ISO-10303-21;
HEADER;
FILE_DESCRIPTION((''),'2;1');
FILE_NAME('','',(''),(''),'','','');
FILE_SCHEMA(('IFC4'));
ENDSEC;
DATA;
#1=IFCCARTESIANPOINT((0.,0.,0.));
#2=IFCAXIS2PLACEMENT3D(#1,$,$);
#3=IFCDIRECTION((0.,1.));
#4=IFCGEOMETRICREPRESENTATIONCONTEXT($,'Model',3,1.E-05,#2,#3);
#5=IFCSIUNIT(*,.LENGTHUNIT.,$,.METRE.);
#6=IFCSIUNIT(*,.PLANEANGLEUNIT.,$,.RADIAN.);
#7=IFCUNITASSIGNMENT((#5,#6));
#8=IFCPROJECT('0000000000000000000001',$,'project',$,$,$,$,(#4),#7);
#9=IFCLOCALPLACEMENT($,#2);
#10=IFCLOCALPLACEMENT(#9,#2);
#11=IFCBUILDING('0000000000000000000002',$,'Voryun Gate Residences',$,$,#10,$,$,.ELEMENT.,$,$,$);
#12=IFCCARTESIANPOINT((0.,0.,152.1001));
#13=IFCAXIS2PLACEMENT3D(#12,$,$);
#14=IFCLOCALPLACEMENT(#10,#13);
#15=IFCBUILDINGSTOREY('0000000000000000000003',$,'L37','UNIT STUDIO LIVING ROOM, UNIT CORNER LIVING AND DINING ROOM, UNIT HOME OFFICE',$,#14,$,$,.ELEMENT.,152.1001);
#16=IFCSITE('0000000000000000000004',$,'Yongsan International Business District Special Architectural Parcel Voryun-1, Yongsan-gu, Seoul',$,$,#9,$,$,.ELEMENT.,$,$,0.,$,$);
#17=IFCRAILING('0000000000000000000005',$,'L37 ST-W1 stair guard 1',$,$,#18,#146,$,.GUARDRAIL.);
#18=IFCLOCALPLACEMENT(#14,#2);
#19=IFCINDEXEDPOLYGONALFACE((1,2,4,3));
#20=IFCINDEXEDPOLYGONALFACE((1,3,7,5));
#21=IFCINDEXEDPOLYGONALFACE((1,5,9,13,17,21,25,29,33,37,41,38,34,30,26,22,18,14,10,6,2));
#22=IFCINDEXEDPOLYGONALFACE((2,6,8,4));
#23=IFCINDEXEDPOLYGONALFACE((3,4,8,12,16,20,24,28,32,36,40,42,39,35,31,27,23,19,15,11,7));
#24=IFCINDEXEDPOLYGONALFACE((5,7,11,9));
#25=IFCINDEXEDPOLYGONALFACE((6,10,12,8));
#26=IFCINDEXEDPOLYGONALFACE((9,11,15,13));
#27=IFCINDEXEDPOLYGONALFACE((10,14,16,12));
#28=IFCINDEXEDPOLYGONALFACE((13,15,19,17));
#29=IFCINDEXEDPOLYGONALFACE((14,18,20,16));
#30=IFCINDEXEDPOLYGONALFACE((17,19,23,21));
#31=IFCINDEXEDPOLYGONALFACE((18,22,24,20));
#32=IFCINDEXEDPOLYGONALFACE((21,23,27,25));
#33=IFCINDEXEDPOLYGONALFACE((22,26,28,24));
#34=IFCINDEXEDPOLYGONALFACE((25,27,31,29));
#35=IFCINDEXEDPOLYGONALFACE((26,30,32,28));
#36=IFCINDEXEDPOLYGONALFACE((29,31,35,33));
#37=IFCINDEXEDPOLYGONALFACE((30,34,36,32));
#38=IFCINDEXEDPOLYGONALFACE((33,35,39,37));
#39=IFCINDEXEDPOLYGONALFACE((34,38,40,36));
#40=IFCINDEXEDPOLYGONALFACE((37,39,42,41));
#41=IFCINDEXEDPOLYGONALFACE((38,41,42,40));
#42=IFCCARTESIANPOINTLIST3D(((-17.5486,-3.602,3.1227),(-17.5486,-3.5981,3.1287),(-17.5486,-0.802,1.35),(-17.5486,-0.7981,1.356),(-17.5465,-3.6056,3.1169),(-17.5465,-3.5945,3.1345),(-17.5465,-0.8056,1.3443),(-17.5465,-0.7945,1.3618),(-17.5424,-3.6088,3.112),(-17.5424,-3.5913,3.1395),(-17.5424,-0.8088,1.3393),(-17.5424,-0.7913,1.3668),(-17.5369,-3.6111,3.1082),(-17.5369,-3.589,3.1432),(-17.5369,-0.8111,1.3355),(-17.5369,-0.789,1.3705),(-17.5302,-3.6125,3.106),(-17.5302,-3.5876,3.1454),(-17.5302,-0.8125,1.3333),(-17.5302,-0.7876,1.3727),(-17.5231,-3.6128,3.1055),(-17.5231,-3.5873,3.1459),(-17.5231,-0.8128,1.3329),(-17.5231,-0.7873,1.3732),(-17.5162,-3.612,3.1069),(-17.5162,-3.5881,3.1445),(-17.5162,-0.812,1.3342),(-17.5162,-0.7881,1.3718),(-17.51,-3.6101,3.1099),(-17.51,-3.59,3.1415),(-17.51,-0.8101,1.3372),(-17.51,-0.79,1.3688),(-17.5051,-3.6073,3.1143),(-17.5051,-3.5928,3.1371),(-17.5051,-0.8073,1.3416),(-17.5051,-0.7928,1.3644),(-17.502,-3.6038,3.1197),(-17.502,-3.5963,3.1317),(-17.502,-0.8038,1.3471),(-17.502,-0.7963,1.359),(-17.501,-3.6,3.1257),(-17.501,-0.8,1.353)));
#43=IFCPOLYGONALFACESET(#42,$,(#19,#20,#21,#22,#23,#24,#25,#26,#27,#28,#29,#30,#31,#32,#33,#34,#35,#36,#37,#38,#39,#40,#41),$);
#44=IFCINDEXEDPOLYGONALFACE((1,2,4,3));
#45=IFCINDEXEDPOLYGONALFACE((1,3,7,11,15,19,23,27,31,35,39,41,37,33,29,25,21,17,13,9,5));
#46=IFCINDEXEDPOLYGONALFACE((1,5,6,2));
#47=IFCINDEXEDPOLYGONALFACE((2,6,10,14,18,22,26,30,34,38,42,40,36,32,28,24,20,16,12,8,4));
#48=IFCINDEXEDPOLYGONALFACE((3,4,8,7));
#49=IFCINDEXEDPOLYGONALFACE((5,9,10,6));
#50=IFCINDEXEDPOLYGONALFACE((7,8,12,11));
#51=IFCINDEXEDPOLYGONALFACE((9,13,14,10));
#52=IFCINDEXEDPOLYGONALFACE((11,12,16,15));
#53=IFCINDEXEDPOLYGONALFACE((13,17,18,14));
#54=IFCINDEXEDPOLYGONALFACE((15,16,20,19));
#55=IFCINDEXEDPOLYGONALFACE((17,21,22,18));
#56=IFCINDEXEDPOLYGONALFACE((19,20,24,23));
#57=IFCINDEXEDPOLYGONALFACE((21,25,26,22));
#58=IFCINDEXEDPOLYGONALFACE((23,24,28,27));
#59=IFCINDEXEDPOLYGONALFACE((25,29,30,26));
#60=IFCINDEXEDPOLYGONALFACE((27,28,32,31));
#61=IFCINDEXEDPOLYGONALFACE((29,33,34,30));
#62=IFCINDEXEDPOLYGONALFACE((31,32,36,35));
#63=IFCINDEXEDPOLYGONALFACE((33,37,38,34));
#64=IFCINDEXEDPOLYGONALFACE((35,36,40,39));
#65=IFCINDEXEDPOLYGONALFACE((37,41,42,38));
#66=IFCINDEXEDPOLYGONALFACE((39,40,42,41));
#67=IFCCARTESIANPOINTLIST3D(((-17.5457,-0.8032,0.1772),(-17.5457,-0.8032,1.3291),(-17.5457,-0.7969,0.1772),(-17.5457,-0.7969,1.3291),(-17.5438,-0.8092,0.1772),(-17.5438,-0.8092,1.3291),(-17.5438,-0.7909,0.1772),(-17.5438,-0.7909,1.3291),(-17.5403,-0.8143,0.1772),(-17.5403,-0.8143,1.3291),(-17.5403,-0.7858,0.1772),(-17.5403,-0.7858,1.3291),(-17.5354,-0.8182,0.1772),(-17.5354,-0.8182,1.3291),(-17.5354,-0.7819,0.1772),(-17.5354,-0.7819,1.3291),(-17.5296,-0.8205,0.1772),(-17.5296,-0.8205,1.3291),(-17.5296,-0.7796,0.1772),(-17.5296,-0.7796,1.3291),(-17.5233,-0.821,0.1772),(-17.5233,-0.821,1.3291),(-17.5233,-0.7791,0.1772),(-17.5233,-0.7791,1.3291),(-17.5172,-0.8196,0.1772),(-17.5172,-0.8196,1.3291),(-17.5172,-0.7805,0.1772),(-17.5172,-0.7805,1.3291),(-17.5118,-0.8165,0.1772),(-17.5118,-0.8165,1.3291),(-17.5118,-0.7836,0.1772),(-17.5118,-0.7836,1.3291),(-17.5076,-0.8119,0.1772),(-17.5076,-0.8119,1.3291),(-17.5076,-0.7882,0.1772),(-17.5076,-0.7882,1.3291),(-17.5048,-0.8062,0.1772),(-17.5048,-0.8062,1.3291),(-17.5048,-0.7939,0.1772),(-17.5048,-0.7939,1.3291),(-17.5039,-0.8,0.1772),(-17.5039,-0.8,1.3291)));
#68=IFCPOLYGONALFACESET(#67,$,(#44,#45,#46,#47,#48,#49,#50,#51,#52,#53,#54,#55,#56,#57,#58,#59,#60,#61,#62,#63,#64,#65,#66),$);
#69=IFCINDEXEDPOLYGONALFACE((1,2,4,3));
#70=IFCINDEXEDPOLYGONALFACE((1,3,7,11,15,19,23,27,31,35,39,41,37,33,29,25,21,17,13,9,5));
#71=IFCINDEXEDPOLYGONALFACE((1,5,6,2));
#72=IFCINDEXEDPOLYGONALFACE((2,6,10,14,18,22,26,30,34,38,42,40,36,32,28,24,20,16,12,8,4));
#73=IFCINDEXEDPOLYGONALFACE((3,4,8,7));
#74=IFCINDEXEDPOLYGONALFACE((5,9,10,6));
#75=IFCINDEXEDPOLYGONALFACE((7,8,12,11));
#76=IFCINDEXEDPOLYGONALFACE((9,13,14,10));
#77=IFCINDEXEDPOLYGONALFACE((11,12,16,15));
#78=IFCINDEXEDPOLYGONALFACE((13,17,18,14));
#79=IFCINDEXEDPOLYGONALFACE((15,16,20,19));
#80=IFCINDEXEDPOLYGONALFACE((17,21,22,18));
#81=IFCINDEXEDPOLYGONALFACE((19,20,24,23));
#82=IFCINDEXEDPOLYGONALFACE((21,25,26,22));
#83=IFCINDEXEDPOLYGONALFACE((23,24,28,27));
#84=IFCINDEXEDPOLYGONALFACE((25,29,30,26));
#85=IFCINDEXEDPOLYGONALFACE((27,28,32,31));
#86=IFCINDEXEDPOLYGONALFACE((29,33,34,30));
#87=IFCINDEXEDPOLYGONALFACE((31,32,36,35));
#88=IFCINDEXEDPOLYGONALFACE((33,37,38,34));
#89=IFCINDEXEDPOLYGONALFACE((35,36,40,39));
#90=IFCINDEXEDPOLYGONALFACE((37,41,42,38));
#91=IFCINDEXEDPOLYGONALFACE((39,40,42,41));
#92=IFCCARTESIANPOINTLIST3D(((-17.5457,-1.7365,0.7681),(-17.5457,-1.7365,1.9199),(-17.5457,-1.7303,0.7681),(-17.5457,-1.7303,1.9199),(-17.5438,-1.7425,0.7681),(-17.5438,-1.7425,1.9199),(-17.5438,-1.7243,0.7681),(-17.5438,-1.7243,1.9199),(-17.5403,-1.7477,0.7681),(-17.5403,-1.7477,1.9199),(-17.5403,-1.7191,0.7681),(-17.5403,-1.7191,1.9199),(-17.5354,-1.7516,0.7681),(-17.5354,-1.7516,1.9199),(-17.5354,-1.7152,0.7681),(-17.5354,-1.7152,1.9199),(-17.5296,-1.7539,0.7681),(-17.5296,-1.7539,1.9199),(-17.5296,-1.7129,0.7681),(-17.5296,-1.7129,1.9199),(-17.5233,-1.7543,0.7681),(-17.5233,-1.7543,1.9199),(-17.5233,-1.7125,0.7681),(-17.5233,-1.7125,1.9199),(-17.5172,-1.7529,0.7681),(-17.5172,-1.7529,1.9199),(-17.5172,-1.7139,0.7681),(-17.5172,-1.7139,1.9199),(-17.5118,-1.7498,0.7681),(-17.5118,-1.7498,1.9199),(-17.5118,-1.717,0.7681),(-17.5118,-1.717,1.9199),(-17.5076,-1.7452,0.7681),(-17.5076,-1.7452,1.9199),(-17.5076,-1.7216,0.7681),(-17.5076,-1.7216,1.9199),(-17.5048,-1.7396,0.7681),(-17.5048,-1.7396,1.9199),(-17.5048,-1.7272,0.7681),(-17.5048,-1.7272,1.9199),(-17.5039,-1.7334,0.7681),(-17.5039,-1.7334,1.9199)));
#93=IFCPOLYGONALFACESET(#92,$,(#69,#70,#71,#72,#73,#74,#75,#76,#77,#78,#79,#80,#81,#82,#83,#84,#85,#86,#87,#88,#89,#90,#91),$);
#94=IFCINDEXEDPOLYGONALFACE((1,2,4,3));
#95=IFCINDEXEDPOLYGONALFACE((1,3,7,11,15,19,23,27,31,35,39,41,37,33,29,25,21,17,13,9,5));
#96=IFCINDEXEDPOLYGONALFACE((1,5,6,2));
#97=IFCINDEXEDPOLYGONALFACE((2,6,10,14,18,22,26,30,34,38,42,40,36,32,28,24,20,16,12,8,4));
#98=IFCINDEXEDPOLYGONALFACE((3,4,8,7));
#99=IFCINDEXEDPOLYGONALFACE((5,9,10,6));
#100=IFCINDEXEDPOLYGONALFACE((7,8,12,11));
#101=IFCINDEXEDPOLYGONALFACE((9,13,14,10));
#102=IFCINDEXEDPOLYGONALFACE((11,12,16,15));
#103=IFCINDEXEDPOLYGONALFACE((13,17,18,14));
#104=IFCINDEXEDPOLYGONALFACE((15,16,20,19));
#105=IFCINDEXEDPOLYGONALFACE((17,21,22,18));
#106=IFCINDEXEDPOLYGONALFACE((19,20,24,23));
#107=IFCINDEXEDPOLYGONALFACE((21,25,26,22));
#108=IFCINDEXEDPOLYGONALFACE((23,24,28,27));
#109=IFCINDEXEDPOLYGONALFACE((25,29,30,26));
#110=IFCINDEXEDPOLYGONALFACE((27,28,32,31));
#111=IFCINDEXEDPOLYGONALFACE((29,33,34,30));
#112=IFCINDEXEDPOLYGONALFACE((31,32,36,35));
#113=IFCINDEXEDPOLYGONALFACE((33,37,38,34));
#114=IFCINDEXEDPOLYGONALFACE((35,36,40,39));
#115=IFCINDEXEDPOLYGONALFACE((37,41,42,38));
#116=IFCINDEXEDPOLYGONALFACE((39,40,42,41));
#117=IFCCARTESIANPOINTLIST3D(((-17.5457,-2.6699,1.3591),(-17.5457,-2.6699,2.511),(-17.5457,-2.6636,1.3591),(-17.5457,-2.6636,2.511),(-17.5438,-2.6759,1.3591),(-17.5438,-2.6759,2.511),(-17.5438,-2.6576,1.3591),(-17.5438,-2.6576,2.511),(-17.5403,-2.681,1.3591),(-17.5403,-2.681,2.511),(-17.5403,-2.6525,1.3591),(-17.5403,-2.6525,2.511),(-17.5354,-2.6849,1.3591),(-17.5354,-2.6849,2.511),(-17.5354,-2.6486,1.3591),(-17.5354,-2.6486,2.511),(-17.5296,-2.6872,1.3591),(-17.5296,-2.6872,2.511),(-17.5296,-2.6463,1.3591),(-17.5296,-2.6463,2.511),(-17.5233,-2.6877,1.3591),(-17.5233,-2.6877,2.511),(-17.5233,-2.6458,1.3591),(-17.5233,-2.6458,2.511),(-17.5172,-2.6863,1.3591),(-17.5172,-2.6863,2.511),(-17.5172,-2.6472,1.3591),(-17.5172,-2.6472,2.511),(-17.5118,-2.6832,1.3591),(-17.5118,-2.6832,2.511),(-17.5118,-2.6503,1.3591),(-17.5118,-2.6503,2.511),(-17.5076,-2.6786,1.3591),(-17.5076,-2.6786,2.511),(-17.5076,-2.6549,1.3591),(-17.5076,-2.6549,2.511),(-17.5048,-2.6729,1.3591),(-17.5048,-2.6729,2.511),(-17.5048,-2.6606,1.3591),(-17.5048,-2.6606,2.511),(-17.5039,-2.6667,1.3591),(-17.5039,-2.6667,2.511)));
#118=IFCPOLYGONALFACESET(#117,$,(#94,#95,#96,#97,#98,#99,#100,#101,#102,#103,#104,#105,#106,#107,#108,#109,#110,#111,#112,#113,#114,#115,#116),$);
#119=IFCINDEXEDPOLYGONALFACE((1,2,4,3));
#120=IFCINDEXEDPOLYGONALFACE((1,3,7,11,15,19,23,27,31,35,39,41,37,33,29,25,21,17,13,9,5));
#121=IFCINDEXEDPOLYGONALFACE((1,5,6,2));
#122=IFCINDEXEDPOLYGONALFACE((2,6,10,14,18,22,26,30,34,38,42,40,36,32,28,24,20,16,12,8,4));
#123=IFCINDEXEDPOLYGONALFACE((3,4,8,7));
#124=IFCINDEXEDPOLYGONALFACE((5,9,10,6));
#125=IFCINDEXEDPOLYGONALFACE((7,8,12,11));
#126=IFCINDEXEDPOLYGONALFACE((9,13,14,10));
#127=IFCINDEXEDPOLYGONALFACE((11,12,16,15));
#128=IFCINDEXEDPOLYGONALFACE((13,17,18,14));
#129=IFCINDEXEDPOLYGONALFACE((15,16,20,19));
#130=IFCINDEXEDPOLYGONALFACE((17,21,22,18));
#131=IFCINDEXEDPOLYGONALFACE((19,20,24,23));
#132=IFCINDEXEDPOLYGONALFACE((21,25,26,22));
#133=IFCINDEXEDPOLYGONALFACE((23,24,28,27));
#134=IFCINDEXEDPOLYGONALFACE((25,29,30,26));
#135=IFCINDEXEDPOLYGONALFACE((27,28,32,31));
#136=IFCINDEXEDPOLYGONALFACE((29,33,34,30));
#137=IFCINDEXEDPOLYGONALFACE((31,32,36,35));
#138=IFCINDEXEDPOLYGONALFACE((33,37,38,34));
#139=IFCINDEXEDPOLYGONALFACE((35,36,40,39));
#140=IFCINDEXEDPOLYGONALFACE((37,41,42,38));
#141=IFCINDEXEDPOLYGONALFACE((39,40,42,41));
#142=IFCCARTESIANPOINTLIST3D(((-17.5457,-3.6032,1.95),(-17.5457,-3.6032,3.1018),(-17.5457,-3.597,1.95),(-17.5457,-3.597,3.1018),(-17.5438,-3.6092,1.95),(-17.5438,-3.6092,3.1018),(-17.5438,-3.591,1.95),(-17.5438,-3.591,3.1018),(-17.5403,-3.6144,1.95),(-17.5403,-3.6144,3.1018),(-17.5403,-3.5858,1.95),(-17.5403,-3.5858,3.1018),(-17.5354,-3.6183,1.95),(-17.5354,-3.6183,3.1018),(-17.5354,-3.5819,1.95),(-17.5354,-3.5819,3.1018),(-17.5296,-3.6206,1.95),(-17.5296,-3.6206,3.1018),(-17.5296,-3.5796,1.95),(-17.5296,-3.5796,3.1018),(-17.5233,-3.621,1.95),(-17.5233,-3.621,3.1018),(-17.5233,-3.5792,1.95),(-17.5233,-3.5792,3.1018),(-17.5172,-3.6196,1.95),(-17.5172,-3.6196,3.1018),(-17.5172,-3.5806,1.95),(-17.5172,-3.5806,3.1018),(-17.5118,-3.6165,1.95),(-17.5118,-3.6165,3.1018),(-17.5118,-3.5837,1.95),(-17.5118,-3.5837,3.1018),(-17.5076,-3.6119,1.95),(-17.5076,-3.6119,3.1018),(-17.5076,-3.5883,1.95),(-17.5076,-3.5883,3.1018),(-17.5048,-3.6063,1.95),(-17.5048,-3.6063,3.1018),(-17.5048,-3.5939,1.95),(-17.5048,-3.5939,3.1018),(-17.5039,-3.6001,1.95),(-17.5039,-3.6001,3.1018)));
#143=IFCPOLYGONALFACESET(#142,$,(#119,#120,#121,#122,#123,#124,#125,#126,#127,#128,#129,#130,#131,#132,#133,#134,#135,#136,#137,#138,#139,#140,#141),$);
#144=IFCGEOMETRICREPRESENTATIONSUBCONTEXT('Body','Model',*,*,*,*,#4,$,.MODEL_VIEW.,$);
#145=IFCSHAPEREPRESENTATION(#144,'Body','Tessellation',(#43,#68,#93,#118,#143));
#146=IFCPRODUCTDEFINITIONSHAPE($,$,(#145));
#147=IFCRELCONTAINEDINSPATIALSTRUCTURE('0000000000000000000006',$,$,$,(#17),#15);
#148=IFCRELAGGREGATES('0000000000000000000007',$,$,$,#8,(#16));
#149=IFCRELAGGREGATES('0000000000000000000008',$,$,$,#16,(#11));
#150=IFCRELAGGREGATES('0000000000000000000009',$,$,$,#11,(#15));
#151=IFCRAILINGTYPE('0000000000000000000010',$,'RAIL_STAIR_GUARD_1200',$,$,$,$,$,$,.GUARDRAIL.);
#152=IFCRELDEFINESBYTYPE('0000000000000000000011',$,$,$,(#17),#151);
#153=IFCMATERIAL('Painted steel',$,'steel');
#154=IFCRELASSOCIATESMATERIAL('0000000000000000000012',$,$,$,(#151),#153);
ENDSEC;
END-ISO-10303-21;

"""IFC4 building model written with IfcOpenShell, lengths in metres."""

from ifc_helpers import new_model, si_unit, direction, frame, origin, origin_2d, place, context, subcontext, project, spatial, circle, extrude, material, type_object, element, save


model = new_model("IFC4")

# Units and contexts
model_context = context("Model", 3, precision=1e-05, world=origin(), true_north=direction((0.0, 1.0)))
body_context = subcontext(model_context, "Body", "Model", "MODEL_VIEW")
ifc_project = project(units=[si_unit("LENGTHUNIT", "METRE"), si_unit("PLANEANGLEUNIT", "RADIAN")], contexts=[model_context])

# Site, building, storey
site_placement = place(None, origin())
site = spatial("IfcSite", under=ifc_project, at=site_placement, Name="Yongsan International Business District Special Architectural Parcel Voryun-1, Yongsan-gu, Seoul", CompositionType="ELEMENT", RefElevation=0.0)
building_placement = place(site_placement, origin())
building = spatial("IfcBuilding", under=site, at=building_placement, Name="Voryun Gate Residences", CompositionType="ELEMENT")
storey_placement = place(building_placement, frame((0.0, 0.0, 152.1001)))
storey = spatial("IfcBuildingStorey", under=building, at=storey_placement, Name="L37", Description="UNIT STUDIO LIVING ROOM, UNIT CORNER LIVING AND DINING ROOM, UNIT HOME OFFICE", CompositionType="ELEMENT", Elevation=152.1001)

# Railing
ifc_material_1 = material(Name="Painted steel", Category="steel")
railing_type_1 = type_object("IfcRailingType", Name="RAIL_STAIR_GUARD_1200", PredefinedType="GUARDRAIL", material=ifc_material_1)
railing_1_placement = place(storey_placement, frame((-17.5249, -0.8, 0.1772)))
element("IfcRailing", 1, at=railing_1_placement, inside=storey, type_object=railing_type_1, Name="L37 ST-W1 stair guard 1", PredefinedType="GUARDRAIL", context=body_context, shape_type="SweptSolid", body=[
    extrude(circle(Radius=0.0239, at=origin_2d()), frame((0.0, 0.0, 1.1758), z_axis=(0.0, -0.844909, 0.53491), x_axis=(1.0, 0.0, 0.0)), (0.0, 0.0, 1.0), 3.314),
    extrude(circle(Radius=0.021, at=origin_2d()), origin(), (0.0, 0.0, 1.0), 1.1519),
    extrude(circle(Radius=0.021, at=origin_2d()), frame((0.0, -0.9333, 0.5908)), (0.0, 0.0, 1.0), 1.1519),
    extrude(circle(Radius=0.021, at=origin_2d()), frame((0.0, -1.8667, 1.1819)), (0.0, 0.0, 1.0), 1.1519),
    extrude(circle(Radius=0.021, at=origin_2d()), frame((0.0, -2.8, 1.7727)), (0.0, 0.0, 1.0), 1.1519),
])

save(model, "model.ifc")
